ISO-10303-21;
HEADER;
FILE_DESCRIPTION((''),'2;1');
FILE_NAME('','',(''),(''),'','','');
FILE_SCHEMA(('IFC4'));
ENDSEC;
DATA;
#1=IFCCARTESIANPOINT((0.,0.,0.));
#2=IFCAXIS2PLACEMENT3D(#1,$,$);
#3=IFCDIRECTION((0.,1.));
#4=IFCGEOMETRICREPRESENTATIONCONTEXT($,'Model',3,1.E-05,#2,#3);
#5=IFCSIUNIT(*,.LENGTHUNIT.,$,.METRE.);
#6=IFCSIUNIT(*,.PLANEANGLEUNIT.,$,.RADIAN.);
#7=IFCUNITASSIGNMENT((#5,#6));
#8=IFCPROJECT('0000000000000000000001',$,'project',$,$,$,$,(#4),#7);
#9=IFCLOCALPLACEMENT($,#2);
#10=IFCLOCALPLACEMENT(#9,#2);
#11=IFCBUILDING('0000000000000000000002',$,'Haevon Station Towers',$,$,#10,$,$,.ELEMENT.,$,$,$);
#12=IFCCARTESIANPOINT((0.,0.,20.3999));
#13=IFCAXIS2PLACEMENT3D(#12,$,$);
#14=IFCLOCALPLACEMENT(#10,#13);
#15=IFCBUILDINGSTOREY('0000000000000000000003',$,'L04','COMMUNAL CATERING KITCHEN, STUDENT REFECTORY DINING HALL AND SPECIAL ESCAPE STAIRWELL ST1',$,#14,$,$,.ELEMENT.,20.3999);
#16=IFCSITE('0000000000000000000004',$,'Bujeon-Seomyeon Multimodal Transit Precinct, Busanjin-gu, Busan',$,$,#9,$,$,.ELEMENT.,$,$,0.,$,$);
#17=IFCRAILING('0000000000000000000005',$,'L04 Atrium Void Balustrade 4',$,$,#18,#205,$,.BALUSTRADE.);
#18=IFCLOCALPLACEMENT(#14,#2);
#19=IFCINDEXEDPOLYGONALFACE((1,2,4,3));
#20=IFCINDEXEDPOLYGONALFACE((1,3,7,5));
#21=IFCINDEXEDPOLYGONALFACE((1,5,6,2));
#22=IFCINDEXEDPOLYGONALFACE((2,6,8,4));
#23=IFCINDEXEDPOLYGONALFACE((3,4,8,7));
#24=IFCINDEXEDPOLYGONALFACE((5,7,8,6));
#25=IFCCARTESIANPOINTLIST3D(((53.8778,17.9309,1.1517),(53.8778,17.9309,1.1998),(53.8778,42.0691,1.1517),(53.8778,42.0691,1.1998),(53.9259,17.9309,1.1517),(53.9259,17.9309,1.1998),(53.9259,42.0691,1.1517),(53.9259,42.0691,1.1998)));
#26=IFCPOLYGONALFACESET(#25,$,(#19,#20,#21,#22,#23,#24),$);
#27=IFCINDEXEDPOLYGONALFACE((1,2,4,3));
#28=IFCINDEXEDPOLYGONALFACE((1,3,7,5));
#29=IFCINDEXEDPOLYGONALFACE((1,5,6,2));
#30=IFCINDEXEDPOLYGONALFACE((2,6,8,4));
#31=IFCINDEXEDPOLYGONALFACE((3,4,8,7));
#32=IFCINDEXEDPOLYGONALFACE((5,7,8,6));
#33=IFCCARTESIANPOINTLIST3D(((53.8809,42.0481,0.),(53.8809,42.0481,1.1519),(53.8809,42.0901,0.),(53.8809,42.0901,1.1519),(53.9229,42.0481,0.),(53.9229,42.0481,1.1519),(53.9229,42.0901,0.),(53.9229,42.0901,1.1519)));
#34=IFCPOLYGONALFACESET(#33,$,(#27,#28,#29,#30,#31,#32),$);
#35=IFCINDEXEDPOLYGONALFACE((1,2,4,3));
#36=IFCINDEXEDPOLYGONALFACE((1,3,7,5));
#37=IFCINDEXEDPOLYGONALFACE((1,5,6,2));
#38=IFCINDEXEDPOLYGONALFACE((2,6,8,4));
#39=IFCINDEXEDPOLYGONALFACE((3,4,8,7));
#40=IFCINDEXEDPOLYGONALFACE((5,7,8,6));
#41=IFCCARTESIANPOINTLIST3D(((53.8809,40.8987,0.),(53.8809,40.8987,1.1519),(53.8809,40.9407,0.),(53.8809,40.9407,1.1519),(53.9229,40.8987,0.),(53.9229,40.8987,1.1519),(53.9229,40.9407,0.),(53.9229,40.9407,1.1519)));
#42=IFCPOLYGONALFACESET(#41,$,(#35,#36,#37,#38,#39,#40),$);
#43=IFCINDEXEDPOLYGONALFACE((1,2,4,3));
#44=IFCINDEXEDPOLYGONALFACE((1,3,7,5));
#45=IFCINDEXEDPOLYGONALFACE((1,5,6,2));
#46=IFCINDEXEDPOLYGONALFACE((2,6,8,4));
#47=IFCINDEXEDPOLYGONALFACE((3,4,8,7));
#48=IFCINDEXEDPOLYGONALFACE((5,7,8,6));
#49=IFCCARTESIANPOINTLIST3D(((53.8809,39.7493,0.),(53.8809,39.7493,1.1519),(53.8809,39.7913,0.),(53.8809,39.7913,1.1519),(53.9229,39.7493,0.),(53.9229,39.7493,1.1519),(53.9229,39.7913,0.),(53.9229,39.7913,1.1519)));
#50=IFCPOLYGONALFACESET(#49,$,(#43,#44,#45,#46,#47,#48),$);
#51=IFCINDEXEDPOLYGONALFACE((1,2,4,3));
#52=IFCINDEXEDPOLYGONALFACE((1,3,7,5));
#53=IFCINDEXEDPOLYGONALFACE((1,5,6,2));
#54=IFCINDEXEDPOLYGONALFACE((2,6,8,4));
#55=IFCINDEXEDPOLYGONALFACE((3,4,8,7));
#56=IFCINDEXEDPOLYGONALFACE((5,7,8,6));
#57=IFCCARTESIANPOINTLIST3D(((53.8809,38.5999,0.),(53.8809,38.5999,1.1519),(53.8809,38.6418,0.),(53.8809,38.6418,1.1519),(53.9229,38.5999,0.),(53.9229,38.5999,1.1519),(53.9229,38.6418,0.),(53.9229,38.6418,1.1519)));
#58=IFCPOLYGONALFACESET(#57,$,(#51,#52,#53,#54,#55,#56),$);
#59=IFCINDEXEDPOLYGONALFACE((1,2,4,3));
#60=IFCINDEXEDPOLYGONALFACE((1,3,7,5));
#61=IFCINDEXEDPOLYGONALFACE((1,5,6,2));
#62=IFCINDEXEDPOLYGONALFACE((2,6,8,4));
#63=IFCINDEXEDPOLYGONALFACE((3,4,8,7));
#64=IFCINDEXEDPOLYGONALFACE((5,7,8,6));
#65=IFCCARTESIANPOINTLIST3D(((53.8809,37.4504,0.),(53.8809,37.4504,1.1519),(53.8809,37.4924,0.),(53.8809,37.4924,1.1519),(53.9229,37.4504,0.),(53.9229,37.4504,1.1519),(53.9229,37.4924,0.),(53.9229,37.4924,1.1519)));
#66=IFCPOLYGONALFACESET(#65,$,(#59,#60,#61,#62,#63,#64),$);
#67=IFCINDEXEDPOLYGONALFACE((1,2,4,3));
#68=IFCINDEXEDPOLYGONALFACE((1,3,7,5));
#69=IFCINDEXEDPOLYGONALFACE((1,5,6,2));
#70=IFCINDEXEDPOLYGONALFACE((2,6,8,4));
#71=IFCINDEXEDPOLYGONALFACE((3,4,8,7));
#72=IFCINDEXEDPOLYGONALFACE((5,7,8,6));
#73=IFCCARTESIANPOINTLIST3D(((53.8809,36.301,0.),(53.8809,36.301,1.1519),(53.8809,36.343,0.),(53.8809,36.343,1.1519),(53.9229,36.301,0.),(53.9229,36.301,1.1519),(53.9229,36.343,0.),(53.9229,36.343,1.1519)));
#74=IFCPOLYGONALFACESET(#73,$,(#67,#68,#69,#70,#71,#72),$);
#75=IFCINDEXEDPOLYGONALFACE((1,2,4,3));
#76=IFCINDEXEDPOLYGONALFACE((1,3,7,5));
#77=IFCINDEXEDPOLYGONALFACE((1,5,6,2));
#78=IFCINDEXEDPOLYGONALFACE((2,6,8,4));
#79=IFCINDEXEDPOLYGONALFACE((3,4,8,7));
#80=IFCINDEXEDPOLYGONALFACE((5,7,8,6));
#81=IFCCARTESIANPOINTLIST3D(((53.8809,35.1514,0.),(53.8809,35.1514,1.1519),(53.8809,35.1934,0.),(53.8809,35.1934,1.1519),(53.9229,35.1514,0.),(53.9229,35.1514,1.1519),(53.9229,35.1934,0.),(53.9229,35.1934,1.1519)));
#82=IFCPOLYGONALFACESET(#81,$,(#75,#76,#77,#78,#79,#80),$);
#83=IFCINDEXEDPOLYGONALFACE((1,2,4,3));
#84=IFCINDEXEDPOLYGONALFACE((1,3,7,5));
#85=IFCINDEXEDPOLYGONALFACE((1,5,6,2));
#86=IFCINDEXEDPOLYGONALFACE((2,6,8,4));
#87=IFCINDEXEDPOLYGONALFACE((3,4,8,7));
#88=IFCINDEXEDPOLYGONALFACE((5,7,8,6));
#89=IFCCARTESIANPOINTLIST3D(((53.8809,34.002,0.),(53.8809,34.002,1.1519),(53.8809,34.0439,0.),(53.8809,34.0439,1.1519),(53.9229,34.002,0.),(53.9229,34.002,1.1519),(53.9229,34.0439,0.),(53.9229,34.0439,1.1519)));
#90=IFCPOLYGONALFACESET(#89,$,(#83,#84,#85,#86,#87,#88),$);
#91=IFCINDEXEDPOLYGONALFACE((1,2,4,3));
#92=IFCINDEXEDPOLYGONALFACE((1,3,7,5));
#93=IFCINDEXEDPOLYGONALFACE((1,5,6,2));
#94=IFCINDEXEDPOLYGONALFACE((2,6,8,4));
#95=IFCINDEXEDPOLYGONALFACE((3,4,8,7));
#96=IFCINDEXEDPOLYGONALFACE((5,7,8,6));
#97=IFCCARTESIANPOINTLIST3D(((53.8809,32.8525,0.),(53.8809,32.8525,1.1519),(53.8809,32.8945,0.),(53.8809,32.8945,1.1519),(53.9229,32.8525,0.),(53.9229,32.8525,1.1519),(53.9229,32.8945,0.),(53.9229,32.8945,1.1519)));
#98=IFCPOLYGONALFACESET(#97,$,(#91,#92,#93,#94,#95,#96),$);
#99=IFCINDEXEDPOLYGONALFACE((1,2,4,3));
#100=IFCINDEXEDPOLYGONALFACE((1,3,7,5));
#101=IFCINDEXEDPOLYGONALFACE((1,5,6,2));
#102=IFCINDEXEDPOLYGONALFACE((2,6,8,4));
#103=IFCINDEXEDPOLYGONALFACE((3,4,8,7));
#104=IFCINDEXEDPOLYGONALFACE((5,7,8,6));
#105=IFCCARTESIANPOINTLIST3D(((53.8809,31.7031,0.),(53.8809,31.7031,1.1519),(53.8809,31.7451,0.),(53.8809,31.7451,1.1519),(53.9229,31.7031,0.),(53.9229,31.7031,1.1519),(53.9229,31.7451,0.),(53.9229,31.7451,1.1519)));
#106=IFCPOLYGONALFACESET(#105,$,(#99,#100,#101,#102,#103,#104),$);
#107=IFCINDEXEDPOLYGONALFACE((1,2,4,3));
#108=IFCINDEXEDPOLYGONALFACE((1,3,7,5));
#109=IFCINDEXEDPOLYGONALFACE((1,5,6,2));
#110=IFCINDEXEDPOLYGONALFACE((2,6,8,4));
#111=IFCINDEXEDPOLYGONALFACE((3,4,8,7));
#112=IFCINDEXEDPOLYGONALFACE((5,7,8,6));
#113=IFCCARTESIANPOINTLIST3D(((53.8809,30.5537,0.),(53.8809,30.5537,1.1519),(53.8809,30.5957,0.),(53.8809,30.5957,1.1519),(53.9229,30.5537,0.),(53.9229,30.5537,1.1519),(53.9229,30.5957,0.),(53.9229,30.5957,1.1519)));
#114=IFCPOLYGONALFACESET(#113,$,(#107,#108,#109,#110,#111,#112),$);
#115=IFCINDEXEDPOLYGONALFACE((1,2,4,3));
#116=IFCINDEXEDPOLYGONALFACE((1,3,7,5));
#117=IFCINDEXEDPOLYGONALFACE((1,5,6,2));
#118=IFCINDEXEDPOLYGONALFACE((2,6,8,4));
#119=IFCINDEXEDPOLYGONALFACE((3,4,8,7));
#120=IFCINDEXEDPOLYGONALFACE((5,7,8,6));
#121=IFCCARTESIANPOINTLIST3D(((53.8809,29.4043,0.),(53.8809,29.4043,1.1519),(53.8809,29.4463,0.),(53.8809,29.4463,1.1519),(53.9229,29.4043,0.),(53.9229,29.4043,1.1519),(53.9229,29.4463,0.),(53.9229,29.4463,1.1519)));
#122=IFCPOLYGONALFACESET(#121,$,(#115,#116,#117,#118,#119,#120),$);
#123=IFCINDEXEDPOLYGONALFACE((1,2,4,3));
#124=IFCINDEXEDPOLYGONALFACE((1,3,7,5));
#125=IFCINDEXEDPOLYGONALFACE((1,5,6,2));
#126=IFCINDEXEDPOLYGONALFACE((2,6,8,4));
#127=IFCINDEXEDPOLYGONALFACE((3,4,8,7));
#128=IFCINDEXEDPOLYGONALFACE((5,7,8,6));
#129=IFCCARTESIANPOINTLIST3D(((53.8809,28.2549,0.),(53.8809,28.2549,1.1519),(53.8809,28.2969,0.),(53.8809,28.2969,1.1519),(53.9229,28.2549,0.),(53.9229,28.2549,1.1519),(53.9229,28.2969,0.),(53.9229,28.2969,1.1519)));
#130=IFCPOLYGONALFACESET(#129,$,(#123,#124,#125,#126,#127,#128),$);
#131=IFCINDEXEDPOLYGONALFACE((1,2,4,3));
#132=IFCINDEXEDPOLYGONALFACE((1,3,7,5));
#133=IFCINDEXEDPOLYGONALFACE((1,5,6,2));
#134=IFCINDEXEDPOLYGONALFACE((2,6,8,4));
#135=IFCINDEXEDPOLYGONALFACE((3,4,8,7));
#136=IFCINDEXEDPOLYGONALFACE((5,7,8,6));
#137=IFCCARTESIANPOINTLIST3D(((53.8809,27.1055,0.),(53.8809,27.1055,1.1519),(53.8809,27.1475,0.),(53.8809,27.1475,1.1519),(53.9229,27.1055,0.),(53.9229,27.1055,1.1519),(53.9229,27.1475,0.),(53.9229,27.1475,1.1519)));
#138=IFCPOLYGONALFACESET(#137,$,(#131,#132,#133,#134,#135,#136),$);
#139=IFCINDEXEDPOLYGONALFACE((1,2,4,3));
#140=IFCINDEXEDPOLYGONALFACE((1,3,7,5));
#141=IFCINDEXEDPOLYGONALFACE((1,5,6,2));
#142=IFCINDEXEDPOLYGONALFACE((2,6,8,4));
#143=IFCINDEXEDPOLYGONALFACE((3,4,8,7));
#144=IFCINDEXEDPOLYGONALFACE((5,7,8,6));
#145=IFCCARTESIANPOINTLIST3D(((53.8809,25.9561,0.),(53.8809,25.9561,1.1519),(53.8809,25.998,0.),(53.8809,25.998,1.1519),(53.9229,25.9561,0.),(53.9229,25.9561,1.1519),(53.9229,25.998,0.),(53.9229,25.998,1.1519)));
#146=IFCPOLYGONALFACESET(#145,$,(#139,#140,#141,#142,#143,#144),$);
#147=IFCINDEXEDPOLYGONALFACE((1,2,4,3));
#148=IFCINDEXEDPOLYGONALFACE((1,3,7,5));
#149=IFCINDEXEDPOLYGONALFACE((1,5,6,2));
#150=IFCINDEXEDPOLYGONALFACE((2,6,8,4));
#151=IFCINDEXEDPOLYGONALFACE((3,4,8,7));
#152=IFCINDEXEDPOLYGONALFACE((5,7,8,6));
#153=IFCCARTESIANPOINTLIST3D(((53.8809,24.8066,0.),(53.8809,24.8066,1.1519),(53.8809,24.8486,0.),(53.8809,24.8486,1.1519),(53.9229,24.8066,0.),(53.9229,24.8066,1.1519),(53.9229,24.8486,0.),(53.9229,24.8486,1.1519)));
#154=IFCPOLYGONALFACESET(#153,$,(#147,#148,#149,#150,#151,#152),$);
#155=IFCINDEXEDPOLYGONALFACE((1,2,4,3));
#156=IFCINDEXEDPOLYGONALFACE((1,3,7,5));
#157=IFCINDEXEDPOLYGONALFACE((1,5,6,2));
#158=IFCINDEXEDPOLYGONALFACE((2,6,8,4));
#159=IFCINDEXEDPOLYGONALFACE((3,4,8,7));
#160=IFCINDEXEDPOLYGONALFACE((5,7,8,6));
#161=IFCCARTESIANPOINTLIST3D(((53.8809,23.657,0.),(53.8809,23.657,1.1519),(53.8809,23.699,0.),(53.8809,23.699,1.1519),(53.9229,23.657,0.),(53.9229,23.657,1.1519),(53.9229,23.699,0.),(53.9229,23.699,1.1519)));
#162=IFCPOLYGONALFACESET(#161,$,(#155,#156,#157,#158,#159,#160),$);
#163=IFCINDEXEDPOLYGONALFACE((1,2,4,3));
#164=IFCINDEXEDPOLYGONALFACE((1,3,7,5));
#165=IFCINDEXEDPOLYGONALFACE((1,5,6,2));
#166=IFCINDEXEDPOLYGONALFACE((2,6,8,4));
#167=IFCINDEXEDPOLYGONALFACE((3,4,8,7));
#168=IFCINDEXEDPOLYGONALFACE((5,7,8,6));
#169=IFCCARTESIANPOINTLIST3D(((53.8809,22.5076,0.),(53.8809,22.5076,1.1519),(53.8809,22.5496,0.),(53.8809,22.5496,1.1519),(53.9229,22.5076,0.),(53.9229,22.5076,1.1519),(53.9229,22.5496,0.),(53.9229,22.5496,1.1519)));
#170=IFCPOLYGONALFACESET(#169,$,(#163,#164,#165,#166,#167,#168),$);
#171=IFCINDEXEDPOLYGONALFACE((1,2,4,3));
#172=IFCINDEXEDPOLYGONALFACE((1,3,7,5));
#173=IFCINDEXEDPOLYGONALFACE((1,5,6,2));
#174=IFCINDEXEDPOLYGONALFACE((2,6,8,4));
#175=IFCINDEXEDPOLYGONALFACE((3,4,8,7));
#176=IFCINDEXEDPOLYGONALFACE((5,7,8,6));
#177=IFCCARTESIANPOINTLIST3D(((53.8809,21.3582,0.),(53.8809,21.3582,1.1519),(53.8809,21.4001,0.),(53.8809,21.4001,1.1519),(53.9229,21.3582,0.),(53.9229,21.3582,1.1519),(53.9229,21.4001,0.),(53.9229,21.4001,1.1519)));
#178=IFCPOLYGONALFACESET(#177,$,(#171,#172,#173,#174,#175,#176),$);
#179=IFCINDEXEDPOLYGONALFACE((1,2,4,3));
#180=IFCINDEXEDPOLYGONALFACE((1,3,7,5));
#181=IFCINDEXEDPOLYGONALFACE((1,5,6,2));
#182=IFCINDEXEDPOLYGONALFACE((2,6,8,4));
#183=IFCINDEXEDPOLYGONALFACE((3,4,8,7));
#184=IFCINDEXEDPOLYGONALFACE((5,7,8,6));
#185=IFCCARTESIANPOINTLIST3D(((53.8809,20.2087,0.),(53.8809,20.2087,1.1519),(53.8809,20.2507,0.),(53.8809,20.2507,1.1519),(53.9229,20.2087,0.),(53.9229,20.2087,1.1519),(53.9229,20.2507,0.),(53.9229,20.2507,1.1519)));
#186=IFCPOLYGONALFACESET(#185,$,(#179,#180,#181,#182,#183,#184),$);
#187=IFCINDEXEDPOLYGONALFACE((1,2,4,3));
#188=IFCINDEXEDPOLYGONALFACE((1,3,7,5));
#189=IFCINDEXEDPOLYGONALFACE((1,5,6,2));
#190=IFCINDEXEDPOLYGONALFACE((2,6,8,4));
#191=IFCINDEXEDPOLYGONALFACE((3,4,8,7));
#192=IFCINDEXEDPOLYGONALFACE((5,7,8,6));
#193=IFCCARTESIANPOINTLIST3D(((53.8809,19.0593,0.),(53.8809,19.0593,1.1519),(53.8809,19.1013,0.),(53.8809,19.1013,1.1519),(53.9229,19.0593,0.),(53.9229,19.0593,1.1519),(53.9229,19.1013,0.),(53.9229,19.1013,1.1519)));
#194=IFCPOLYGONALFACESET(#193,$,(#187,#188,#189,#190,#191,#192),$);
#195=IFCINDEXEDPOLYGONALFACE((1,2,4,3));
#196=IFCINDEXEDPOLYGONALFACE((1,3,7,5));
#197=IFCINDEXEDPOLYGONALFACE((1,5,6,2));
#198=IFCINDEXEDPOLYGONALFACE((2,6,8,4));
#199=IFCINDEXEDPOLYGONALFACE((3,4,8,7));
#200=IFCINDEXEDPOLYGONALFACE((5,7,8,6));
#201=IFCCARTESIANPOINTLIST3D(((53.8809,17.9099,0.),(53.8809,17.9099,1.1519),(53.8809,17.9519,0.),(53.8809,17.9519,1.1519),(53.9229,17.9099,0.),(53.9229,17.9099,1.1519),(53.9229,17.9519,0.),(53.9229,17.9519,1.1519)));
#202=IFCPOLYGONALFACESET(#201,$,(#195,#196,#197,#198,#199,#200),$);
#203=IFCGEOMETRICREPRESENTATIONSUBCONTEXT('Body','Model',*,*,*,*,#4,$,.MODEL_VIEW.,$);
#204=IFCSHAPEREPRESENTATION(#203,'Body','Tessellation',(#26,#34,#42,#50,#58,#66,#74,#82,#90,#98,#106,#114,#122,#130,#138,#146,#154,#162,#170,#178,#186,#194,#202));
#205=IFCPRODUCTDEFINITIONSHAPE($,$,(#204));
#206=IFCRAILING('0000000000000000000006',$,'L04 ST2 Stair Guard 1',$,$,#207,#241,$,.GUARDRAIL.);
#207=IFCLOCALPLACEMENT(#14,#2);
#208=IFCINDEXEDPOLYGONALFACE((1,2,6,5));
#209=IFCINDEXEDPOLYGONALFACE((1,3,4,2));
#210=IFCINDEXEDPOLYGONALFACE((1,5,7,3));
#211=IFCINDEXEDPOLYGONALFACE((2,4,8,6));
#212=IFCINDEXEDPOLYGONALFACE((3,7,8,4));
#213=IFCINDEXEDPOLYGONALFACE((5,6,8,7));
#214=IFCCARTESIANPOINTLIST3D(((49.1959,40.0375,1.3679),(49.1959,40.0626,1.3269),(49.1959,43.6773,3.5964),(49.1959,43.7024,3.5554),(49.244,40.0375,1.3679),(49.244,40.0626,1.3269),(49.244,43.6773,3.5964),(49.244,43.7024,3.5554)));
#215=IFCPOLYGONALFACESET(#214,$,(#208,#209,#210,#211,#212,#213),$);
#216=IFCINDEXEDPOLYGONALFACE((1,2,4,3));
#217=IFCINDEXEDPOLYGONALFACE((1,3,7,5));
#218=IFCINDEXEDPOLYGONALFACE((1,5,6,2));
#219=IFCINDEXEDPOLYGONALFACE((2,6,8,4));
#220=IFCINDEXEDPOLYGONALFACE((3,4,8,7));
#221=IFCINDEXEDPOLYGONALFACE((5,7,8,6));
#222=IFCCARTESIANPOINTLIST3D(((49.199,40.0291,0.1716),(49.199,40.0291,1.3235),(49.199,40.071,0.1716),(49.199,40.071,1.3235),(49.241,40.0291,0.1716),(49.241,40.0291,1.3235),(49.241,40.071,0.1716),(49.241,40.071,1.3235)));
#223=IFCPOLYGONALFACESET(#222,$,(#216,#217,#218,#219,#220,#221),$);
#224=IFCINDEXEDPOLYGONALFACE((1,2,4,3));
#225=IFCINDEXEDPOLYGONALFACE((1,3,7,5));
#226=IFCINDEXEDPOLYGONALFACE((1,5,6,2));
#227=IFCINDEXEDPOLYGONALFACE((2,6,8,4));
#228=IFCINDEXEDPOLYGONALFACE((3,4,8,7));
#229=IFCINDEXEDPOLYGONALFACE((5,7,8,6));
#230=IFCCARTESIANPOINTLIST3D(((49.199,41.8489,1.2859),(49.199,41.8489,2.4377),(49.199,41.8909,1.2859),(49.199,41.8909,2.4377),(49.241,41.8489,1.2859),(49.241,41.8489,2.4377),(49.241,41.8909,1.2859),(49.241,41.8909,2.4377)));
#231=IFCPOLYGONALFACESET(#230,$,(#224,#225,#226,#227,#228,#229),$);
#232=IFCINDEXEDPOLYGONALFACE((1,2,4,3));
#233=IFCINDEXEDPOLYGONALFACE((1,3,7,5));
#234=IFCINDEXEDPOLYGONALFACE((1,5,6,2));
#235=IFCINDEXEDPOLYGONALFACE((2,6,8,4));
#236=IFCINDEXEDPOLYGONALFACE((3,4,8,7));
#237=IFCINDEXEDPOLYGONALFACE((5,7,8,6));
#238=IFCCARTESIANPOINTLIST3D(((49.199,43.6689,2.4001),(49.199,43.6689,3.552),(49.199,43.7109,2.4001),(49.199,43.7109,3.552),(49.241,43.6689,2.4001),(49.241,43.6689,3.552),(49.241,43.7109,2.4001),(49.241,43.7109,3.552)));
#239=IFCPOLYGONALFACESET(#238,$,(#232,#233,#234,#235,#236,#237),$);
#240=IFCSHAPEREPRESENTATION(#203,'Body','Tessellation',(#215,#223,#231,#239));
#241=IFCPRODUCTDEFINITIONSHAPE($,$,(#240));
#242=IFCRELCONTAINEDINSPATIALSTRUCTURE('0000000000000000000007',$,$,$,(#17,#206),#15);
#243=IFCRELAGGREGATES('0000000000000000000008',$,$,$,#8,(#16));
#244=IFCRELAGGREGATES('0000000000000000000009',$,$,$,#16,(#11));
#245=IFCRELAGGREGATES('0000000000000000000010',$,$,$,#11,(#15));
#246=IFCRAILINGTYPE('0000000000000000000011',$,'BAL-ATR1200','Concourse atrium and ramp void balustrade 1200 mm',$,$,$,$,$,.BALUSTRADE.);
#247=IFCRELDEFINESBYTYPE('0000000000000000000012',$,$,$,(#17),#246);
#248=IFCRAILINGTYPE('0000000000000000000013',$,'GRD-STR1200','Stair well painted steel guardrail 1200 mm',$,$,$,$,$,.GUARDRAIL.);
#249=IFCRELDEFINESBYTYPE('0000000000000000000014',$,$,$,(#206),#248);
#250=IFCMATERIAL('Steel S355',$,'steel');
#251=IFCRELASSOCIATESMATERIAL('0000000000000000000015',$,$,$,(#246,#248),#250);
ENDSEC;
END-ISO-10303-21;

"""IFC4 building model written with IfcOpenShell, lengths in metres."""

from ifc_helpers import new_model, si_unit, direction, frame, origin, origin_2d, place, context, subcontext, project, spatial, rectangle, extrude, material, type_object, element, save


model = new_model("IFC4")

# Units and contexts
model_context = context("Model", 3, precision=1e-05, world=origin(), true_north=direction((0.0, 1.0)))
body_context = subcontext(model_context, "Body", "Model", "MODEL_VIEW")
ifc_project = project(units=[si_unit("LENGTHUNIT", "METRE"), si_unit("PLANEANGLEUNIT", "RADIAN")], contexts=[model_context])

# Site, building, storey
site_placement = place(None, origin())
site = spatial("IfcSite", under=ifc_project, at=site_placement, Name="Bujeon-Seomyeon Multimodal Transit Precinct, Busanjin-gu, Busan", CompositionType="ELEMENT", RefElevation=0.0)
building_placement = place(site_placement, origin())
building = spatial("IfcBuilding", under=site, at=building_placement, Name="Haevon Station Towers", CompositionType="ELEMENT")
storey_placement = place(building_placement, frame((0.0, 0.0, 20.3999)))
storey = spatial("IfcBuildingStorey", under=building, at=storey_placement, Name="L04", Description="COMMUNAL CATERING KITCHEN, STUDENT REFECTORY DINING HALL AND SPECIAL ESCAPE STAIRWELL ST1", CompositionType="ELEMENT", Elevation=20.3999)

# Shared definitions
ifc_material_1 = material(Name="Steel S355", Category="steel")

# Railings
railing_type_1 = type_object("IfcRailingType", Name="BAL-ATR1200", Description="Concourse atrium and ramp void balustrade 1200 mm", PredefinedType="BALUSTRADE", material=ifc_material_1)
railing_1_placement = place(storey_placement, frame((53.9019, 42.0691, 0.0)))
element("IfcRailing", 1, at=railing_1_placement, inside=storey, type_object=railing_type_1, Name="L04 Atrium Void Balustrade 4", PredefinedType="BALUSTRADE", context=body_context, shape_type="SweptSolid", body=[
    extrude(rectangle(XDim=0.0481, YDim=0.0481, at=origin_2d()), frame((0.0, 0.0, 1.1758), z_axis=(0.0, -1.0, 0.0), x_axis=(1.0, 0.0, 0.0)), (0.0, 0.0, 1.0), 24.1382),
    extrude(rectangle(XDim=0.042, YDim=0.042, at=origin_2d()), origin(), (0.0, 0.0, 1.0), 1.1519),
    extrude(rectangle(XDim=0.042, YDim=0.042, at=origin_2d()), frame((0.0, -1.1494, 0.0)), (0.0, 0.0, 1.0), 1.1519),
    extrude(rectangle(XDim=0.042, YDim=0.042, at=origin_2d()), frame((0.0, -2.2988, 0.0)), (0.0, 0.0, 1.0), 1.1519),
    extrude(rectangle(XDim=0.042, YDim=0.042, at=origin_2d()), frame((0.0, -3.4482, 0.0)), (0.0, 0.0, 1.0), 1.1519),
    extrude(rectangle(XDim=0.042, YDim=0.042, at=origin_2d()), frame((0.0, -4.5977, 0.0)), (0.0, 0.0, 1.0), 1.1519),
    extrude(rectangle(XDim=0.042, YDim=0.042, at=origin_2d()), frame((0.0, -5.7471, 0.0)), (0.0, 0.0, 1.0), 1.1519),
    extrude(rectangle(XDim=0.042, YDim=0.042, at=origin_2d()), frame((0.0, -6.8967, 0.0)), (0.0, 0.0, 1.0), 1.1519),
    extrude(rectangle(XDim=0.042, YDim=0.042, at=origin_2d()), frame((0.0, -8.0461, 0.0)), (0.0, 0.0, 1.0), 1.1519),
    extrude(rectangle(XDim=0.042, YDim=0.042, at=origin_2d()), frame((0.0, -9.1956, 0.0)), (0.0, 0.0, 1.0), 1.1519),
    extrude(rectangle(XDim=0.042, YDim=0.042, at=origin_2d()), frame((0.0, -10.345, 0.0)), (0.0, 0.0, 1.0), 1.1519),
    extrude(rectangle(XDim=0.042, YDim=0.042, at=origin_2d()), frame((0.0, -11.4944, 0.0)), (0.0, 0.0, 1.0), 1.1519),
    extrude(rectangle(XDim=0.042, YDim=0.042, at=origin_2d()), frame((0.0, -12.6438, 0.0)), (0.0, 0.0, 1.0), 1.1519),
    extrude(rectangle(XDim=0.042, YDim=0.042, at=origin_2d()), frame((0.0, -13.7932, 0.0)), (0.0, 0.0, 1.0), 1.1519),
    extrude(rectangle(XDim=0.042, YDim=0.042, at=origin_2d()), frame((0.0, -14.9426, 0.0)), (0.0, 0.0, 1.0), 1.1519),
    extrude(rectangle(XDim=0.042, YDim=0.042, at=origin_2d()), frame((0.0, -16.092, 0.0)), (0.0, 0.0, 1.0), 1.1519),
    extrude(rectangle(XDim=0.042, YDim=0.042, at=origin_2d()), frame((0.0, -17.2415, 0.0)), (0.0, 0.0, 1.0), 1.1519),
    extrude(rectangle(XDim=0.042, YDim=0.042, at=origin_2d()), frame((0.0, -18.3911, 0.0)), (0.0, 0.0, 1.0), 1.1519),
    extrude(rectangle(XDim=0.042, YDim=0.042, at=origin_2d()), frame((0.0, -19.5405, 0.0)), (0.0, 0.0, 1.0), 1.1519),
    extrude(rectangle(XDim=0.042, YDim=0.042, at=origin_2d()), frame((0.0, -20.6899, 0.0)), (0.0, 0.0, 1.0), 1.1519),
    extrude(rectangle(XDim=0.042, YDim=0.042, at=origin_2d()), frame((0.0, -21.8394, 0.0)), (0.0, 0.0, 1.0), 1.1519),
    extrude(rectangle(XDim=0.042, YDim=0.042, at=origin_2d()), frame((0.0, -22.9888, 0.0)), (0.0, 0.0, 1.0), 1.1519),
    extrude(rectangle(XDim=0.042, YDim=0.042, at=origin_2d()), frame((0.0, -24.1382, 0.0)), (0.0, 0.0, 1.0), 1.1519),
])
railing_type_2 = type_object("IfcRailingType", Name="GRD-STR1200", Description="Stair well painted steel guardrail 1200 mm", PredefinedType="GUARDRAIL", material=ifc_material_1)
railing_2_placement = place(storey_placement, frame((49.22, 40.05, 0.1716)))
element("IfcRailing", 2, at=railing_2_placement, inside=storey, type_object=railing_type_2, Name="L04 ST2 Stair Guard 1", PredefinedType="GUARDRAIL", context=body_context, shape_type="SweptSolid", body=[
    extrude(rectangle(XDim=0.0481, YDim=0.0481, at=origin_2d()), frame((0.0, 0.0, 1.1758), z_axis=(0.0, 0.85285, 0.522156), x_axis=(-1.0, 0.0, 0.0)), (0.0, 0.0, 1.0), 4.2678),
    extrude(rectangle(XDim=0.042, YDim=0.042, at=origin_2d()), origin(), (0.0, 0.0, 1.0), 1.1519),
    extrude(rectangle(XDim=0.042, YDim=0.042, at=origin_2d()), frame((0.0, 1.8198, 1.1143)), (0.0, 0.0, 1.0), 1.1519),
    extrude(rectangle(XDim=0.042, YDim=0.042, at=origin_2d()), frame((0.0, 3.6399, 2.2285)), (0.0, 0.0, 1.0), 1.1519),
])

save(model, "model.ifc")
